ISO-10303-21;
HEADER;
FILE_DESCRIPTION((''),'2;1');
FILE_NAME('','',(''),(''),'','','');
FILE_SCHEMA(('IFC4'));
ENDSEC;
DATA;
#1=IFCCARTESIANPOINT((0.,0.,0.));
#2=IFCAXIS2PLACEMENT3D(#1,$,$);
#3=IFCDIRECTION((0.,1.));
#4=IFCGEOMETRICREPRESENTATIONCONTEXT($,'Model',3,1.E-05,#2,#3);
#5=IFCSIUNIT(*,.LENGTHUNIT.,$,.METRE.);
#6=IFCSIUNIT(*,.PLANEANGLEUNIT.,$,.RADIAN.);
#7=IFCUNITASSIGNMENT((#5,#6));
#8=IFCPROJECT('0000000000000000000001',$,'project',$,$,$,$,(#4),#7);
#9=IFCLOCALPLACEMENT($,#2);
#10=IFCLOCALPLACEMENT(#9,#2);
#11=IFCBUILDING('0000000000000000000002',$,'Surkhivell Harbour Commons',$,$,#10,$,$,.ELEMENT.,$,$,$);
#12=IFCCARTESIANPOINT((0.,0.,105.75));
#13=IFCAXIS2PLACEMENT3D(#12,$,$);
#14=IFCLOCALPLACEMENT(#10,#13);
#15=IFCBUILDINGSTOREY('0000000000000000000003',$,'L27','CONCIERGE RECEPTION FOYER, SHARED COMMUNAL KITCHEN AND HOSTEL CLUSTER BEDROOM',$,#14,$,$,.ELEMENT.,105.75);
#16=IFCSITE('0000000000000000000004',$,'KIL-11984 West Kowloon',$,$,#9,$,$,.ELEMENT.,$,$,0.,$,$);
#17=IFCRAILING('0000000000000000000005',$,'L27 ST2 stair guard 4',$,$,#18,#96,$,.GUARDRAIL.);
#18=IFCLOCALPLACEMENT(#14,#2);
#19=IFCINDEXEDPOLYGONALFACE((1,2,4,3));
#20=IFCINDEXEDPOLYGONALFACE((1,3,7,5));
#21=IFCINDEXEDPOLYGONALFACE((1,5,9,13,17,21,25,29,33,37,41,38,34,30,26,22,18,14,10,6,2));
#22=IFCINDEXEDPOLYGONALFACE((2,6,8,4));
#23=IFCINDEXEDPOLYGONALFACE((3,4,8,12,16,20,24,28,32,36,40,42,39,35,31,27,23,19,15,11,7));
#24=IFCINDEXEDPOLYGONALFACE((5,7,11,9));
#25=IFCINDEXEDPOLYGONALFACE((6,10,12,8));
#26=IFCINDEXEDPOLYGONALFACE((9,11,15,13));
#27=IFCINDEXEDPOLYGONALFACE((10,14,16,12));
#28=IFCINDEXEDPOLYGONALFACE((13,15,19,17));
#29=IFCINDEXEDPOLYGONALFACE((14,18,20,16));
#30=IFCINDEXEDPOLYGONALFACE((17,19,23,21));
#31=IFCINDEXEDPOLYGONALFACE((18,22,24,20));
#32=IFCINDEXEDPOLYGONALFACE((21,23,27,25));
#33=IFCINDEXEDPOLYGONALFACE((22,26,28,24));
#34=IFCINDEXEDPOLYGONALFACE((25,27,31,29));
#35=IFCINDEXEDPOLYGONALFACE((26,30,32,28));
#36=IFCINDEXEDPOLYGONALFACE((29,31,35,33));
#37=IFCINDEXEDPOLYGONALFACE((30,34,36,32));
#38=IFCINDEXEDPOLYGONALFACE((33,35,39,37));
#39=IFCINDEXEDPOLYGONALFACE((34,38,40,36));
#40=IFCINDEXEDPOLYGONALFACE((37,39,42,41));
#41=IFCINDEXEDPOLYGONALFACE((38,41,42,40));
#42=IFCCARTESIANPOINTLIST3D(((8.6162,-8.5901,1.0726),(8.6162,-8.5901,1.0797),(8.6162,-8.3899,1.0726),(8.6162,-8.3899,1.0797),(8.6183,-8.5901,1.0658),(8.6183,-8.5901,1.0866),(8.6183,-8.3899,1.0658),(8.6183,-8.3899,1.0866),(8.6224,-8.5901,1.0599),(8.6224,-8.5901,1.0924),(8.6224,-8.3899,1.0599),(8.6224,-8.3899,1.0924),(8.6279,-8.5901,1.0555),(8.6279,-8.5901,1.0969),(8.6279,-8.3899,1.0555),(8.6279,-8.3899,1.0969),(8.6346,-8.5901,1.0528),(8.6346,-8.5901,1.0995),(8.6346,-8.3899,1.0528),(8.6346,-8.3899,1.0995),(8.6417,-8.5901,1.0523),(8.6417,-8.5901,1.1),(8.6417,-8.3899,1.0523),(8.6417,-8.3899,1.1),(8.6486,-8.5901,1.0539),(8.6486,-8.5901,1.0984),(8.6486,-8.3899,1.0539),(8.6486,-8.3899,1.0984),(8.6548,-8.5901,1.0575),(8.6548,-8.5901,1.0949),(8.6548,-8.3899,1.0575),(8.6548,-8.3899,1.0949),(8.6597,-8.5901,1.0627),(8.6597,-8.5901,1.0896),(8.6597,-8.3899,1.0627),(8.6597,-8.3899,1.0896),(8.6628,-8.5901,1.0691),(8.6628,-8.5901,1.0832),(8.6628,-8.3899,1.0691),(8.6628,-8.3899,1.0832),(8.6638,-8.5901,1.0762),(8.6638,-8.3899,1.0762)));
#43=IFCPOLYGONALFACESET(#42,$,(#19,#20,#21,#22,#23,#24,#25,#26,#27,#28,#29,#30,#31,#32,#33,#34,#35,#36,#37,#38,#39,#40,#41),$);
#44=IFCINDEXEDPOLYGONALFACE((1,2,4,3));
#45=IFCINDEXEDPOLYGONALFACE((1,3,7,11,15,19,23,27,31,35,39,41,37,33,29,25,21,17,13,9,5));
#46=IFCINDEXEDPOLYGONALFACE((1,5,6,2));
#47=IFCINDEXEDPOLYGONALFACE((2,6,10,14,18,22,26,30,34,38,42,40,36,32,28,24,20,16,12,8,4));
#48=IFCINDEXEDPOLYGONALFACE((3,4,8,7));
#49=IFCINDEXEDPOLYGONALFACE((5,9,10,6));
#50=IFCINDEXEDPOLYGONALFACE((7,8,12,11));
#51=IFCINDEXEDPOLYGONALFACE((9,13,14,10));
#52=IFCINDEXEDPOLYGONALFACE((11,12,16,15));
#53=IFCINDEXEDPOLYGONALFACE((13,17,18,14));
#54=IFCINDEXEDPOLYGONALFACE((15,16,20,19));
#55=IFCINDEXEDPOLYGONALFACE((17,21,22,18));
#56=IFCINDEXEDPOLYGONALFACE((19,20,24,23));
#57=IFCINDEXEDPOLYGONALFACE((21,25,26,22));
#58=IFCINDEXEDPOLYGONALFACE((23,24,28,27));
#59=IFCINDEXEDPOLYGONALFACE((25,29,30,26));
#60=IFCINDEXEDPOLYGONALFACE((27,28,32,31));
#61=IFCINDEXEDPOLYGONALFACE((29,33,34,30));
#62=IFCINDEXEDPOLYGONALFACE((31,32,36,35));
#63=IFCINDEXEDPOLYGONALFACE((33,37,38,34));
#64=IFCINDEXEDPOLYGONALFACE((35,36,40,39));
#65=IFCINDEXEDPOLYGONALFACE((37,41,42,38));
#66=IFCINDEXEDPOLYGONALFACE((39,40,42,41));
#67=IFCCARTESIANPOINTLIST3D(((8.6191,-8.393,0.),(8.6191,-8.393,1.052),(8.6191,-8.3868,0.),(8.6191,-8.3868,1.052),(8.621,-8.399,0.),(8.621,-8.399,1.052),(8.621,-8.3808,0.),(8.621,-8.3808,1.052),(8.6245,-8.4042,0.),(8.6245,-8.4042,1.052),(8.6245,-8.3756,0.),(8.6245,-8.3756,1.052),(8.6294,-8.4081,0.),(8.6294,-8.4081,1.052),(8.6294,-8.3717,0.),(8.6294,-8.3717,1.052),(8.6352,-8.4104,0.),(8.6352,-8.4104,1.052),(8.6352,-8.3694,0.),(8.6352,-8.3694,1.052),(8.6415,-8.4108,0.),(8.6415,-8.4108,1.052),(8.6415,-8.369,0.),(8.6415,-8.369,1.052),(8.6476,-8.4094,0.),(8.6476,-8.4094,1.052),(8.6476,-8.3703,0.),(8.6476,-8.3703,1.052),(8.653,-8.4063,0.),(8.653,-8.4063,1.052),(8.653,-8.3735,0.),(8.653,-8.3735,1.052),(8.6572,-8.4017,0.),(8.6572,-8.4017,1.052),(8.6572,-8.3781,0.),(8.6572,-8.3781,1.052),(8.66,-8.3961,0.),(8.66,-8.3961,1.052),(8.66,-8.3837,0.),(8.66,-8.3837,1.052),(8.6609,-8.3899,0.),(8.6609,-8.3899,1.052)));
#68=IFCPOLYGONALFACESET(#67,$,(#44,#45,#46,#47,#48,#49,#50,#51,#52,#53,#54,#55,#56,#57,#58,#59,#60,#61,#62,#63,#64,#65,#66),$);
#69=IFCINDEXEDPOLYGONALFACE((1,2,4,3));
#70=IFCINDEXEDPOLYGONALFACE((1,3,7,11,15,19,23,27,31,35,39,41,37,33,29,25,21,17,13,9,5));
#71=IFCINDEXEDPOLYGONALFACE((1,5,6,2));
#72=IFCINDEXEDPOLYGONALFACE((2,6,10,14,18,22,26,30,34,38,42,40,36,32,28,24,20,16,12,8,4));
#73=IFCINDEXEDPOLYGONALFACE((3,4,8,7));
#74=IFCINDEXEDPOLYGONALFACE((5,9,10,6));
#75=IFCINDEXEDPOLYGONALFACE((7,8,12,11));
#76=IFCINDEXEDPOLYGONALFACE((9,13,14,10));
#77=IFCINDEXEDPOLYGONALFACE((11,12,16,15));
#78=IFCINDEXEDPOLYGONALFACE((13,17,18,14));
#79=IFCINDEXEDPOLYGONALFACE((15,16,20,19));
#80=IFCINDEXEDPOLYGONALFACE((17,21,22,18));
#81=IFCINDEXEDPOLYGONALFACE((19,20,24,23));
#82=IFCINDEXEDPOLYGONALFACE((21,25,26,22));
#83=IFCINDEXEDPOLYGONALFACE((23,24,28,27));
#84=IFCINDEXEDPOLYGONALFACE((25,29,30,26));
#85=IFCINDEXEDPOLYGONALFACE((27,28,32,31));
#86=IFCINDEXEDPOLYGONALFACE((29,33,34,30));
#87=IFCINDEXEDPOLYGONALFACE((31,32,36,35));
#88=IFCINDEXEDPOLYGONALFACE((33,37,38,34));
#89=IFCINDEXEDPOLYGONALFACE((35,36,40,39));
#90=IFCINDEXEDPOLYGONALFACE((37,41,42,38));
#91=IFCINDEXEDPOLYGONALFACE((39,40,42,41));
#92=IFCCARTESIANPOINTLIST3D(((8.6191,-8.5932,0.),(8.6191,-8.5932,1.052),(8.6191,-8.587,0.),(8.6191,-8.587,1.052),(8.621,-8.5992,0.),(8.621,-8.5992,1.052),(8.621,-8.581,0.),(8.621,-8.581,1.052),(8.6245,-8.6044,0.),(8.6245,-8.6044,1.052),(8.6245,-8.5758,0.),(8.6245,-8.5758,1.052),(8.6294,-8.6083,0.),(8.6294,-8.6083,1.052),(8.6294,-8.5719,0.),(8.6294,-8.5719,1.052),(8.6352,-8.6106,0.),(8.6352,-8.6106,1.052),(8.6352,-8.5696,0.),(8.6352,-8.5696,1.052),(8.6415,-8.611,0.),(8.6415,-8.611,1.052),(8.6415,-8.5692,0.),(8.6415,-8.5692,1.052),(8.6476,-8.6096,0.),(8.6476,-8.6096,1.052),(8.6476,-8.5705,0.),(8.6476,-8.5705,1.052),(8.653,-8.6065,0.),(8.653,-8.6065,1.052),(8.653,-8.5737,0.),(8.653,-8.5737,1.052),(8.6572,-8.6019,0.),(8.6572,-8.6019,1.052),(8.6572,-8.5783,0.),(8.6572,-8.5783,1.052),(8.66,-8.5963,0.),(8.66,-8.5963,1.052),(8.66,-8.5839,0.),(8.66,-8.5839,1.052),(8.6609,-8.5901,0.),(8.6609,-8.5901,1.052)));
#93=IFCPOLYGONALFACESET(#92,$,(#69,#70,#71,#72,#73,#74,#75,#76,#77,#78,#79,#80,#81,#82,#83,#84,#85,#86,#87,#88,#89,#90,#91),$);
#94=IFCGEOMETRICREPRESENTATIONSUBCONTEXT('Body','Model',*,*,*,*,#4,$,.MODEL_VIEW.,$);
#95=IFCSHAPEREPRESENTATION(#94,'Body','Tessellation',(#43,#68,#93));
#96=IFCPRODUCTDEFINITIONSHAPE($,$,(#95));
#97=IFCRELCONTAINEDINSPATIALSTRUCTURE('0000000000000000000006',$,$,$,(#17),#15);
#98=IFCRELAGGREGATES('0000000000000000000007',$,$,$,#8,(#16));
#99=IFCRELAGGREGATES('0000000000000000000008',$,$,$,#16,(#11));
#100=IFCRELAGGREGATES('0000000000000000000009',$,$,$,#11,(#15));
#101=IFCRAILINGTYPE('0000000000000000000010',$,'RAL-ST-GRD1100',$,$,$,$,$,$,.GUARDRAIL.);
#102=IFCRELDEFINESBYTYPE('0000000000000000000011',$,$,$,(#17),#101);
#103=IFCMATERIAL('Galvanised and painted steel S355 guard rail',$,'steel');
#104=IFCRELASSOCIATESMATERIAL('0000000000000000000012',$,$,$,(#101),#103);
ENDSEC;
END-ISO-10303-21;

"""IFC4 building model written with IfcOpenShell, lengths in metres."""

from ifc_helpers import new_model, si_unit, direction, frame, origin, origin_2d, place, context, subcontext, project, spatial, circle, extrude, material, type_object, element, save


model = new_model("IFC4")

# Units and contexts
model_context = context("Model", 3, precision=1e-05, world=origin(), true_north=direction((0.0, 1.0)))
body_context = subcontext(model_context, "Body", "Model", "MODEL_VIEW")
ifc_project = project(units=[si_unit("LENGTHUNIT", "METRE"), si_unit("PLANEANGLEUNIT", "RADIAN")], contexts=[model_context])

# Site, building, storey
site_placement = place(None, origin())
site = spatial("IfcSite", under=ifc_project, at=site_placement, Name="KIL-11984 West Kowloon", CompositionType="ELEMENT", RefElevation=0.0)
building_placement = place(site_placement, origin())
building = spatial("IfcBuilding", under=site, at=building_placement, Name="Surkhivell Harbour Commons", CompositionType="ELEMENT")
storey_placement = place(building_placement, frame((0.0, 0.0, 105.75)))
storey = spatial("IfcBuildingStorey", under=building, at=storey_placement, Name="L27", Description="CONCIERGE RECEPTION FOYER, SHARED COMMUNAL KITCHEN AND HOSTEL CLUSTER BEDROOM", CompositionType="ELEMENT", Elevation=105.75)

# Railing
ifc_material_1 = material(Name="Galvanised and painted steel S355 guard rail", Category="steel")
railing_type_1 = type_object("IfcRailingType", Name="RAL-ST-GRD1100", PredefinedType="GUARDRAIL", material=ifc_material_1)
railing_1_placement = place(storey_placement, frame((8.6399, -8.3899, 0.0)))
element("IfcRailing", 1, at=railing_1_placement, inside=storey, type_object=railing_type_1, Name="L27 ST2 stair guard 4", PredefinedType="GUARDRAIL", context=body_context, shape_type="SweptSolid", body=[
    extrude(circle(Radius=0.0239, at=origin_2d()), frame((0.0, 0.0, 1.0762), z_axis=(0.0, -1.0, 0.0), x_axis=(1.0, 0.0, 0.0)), (0.0, 0.0, 1.0), 0.2002),
    extrude(circle(Radius=0.021, at=origin_2d()), origin(), (0.0, 0.0, 1.0), 1.052),
    extrude(circle(Radius=0.021, at=origin_2d()), frame((0.0, -0.2002, 0.0)), (0.0, 0.0, 1.0), 1.052),
])

save(model, "model.ifc")
